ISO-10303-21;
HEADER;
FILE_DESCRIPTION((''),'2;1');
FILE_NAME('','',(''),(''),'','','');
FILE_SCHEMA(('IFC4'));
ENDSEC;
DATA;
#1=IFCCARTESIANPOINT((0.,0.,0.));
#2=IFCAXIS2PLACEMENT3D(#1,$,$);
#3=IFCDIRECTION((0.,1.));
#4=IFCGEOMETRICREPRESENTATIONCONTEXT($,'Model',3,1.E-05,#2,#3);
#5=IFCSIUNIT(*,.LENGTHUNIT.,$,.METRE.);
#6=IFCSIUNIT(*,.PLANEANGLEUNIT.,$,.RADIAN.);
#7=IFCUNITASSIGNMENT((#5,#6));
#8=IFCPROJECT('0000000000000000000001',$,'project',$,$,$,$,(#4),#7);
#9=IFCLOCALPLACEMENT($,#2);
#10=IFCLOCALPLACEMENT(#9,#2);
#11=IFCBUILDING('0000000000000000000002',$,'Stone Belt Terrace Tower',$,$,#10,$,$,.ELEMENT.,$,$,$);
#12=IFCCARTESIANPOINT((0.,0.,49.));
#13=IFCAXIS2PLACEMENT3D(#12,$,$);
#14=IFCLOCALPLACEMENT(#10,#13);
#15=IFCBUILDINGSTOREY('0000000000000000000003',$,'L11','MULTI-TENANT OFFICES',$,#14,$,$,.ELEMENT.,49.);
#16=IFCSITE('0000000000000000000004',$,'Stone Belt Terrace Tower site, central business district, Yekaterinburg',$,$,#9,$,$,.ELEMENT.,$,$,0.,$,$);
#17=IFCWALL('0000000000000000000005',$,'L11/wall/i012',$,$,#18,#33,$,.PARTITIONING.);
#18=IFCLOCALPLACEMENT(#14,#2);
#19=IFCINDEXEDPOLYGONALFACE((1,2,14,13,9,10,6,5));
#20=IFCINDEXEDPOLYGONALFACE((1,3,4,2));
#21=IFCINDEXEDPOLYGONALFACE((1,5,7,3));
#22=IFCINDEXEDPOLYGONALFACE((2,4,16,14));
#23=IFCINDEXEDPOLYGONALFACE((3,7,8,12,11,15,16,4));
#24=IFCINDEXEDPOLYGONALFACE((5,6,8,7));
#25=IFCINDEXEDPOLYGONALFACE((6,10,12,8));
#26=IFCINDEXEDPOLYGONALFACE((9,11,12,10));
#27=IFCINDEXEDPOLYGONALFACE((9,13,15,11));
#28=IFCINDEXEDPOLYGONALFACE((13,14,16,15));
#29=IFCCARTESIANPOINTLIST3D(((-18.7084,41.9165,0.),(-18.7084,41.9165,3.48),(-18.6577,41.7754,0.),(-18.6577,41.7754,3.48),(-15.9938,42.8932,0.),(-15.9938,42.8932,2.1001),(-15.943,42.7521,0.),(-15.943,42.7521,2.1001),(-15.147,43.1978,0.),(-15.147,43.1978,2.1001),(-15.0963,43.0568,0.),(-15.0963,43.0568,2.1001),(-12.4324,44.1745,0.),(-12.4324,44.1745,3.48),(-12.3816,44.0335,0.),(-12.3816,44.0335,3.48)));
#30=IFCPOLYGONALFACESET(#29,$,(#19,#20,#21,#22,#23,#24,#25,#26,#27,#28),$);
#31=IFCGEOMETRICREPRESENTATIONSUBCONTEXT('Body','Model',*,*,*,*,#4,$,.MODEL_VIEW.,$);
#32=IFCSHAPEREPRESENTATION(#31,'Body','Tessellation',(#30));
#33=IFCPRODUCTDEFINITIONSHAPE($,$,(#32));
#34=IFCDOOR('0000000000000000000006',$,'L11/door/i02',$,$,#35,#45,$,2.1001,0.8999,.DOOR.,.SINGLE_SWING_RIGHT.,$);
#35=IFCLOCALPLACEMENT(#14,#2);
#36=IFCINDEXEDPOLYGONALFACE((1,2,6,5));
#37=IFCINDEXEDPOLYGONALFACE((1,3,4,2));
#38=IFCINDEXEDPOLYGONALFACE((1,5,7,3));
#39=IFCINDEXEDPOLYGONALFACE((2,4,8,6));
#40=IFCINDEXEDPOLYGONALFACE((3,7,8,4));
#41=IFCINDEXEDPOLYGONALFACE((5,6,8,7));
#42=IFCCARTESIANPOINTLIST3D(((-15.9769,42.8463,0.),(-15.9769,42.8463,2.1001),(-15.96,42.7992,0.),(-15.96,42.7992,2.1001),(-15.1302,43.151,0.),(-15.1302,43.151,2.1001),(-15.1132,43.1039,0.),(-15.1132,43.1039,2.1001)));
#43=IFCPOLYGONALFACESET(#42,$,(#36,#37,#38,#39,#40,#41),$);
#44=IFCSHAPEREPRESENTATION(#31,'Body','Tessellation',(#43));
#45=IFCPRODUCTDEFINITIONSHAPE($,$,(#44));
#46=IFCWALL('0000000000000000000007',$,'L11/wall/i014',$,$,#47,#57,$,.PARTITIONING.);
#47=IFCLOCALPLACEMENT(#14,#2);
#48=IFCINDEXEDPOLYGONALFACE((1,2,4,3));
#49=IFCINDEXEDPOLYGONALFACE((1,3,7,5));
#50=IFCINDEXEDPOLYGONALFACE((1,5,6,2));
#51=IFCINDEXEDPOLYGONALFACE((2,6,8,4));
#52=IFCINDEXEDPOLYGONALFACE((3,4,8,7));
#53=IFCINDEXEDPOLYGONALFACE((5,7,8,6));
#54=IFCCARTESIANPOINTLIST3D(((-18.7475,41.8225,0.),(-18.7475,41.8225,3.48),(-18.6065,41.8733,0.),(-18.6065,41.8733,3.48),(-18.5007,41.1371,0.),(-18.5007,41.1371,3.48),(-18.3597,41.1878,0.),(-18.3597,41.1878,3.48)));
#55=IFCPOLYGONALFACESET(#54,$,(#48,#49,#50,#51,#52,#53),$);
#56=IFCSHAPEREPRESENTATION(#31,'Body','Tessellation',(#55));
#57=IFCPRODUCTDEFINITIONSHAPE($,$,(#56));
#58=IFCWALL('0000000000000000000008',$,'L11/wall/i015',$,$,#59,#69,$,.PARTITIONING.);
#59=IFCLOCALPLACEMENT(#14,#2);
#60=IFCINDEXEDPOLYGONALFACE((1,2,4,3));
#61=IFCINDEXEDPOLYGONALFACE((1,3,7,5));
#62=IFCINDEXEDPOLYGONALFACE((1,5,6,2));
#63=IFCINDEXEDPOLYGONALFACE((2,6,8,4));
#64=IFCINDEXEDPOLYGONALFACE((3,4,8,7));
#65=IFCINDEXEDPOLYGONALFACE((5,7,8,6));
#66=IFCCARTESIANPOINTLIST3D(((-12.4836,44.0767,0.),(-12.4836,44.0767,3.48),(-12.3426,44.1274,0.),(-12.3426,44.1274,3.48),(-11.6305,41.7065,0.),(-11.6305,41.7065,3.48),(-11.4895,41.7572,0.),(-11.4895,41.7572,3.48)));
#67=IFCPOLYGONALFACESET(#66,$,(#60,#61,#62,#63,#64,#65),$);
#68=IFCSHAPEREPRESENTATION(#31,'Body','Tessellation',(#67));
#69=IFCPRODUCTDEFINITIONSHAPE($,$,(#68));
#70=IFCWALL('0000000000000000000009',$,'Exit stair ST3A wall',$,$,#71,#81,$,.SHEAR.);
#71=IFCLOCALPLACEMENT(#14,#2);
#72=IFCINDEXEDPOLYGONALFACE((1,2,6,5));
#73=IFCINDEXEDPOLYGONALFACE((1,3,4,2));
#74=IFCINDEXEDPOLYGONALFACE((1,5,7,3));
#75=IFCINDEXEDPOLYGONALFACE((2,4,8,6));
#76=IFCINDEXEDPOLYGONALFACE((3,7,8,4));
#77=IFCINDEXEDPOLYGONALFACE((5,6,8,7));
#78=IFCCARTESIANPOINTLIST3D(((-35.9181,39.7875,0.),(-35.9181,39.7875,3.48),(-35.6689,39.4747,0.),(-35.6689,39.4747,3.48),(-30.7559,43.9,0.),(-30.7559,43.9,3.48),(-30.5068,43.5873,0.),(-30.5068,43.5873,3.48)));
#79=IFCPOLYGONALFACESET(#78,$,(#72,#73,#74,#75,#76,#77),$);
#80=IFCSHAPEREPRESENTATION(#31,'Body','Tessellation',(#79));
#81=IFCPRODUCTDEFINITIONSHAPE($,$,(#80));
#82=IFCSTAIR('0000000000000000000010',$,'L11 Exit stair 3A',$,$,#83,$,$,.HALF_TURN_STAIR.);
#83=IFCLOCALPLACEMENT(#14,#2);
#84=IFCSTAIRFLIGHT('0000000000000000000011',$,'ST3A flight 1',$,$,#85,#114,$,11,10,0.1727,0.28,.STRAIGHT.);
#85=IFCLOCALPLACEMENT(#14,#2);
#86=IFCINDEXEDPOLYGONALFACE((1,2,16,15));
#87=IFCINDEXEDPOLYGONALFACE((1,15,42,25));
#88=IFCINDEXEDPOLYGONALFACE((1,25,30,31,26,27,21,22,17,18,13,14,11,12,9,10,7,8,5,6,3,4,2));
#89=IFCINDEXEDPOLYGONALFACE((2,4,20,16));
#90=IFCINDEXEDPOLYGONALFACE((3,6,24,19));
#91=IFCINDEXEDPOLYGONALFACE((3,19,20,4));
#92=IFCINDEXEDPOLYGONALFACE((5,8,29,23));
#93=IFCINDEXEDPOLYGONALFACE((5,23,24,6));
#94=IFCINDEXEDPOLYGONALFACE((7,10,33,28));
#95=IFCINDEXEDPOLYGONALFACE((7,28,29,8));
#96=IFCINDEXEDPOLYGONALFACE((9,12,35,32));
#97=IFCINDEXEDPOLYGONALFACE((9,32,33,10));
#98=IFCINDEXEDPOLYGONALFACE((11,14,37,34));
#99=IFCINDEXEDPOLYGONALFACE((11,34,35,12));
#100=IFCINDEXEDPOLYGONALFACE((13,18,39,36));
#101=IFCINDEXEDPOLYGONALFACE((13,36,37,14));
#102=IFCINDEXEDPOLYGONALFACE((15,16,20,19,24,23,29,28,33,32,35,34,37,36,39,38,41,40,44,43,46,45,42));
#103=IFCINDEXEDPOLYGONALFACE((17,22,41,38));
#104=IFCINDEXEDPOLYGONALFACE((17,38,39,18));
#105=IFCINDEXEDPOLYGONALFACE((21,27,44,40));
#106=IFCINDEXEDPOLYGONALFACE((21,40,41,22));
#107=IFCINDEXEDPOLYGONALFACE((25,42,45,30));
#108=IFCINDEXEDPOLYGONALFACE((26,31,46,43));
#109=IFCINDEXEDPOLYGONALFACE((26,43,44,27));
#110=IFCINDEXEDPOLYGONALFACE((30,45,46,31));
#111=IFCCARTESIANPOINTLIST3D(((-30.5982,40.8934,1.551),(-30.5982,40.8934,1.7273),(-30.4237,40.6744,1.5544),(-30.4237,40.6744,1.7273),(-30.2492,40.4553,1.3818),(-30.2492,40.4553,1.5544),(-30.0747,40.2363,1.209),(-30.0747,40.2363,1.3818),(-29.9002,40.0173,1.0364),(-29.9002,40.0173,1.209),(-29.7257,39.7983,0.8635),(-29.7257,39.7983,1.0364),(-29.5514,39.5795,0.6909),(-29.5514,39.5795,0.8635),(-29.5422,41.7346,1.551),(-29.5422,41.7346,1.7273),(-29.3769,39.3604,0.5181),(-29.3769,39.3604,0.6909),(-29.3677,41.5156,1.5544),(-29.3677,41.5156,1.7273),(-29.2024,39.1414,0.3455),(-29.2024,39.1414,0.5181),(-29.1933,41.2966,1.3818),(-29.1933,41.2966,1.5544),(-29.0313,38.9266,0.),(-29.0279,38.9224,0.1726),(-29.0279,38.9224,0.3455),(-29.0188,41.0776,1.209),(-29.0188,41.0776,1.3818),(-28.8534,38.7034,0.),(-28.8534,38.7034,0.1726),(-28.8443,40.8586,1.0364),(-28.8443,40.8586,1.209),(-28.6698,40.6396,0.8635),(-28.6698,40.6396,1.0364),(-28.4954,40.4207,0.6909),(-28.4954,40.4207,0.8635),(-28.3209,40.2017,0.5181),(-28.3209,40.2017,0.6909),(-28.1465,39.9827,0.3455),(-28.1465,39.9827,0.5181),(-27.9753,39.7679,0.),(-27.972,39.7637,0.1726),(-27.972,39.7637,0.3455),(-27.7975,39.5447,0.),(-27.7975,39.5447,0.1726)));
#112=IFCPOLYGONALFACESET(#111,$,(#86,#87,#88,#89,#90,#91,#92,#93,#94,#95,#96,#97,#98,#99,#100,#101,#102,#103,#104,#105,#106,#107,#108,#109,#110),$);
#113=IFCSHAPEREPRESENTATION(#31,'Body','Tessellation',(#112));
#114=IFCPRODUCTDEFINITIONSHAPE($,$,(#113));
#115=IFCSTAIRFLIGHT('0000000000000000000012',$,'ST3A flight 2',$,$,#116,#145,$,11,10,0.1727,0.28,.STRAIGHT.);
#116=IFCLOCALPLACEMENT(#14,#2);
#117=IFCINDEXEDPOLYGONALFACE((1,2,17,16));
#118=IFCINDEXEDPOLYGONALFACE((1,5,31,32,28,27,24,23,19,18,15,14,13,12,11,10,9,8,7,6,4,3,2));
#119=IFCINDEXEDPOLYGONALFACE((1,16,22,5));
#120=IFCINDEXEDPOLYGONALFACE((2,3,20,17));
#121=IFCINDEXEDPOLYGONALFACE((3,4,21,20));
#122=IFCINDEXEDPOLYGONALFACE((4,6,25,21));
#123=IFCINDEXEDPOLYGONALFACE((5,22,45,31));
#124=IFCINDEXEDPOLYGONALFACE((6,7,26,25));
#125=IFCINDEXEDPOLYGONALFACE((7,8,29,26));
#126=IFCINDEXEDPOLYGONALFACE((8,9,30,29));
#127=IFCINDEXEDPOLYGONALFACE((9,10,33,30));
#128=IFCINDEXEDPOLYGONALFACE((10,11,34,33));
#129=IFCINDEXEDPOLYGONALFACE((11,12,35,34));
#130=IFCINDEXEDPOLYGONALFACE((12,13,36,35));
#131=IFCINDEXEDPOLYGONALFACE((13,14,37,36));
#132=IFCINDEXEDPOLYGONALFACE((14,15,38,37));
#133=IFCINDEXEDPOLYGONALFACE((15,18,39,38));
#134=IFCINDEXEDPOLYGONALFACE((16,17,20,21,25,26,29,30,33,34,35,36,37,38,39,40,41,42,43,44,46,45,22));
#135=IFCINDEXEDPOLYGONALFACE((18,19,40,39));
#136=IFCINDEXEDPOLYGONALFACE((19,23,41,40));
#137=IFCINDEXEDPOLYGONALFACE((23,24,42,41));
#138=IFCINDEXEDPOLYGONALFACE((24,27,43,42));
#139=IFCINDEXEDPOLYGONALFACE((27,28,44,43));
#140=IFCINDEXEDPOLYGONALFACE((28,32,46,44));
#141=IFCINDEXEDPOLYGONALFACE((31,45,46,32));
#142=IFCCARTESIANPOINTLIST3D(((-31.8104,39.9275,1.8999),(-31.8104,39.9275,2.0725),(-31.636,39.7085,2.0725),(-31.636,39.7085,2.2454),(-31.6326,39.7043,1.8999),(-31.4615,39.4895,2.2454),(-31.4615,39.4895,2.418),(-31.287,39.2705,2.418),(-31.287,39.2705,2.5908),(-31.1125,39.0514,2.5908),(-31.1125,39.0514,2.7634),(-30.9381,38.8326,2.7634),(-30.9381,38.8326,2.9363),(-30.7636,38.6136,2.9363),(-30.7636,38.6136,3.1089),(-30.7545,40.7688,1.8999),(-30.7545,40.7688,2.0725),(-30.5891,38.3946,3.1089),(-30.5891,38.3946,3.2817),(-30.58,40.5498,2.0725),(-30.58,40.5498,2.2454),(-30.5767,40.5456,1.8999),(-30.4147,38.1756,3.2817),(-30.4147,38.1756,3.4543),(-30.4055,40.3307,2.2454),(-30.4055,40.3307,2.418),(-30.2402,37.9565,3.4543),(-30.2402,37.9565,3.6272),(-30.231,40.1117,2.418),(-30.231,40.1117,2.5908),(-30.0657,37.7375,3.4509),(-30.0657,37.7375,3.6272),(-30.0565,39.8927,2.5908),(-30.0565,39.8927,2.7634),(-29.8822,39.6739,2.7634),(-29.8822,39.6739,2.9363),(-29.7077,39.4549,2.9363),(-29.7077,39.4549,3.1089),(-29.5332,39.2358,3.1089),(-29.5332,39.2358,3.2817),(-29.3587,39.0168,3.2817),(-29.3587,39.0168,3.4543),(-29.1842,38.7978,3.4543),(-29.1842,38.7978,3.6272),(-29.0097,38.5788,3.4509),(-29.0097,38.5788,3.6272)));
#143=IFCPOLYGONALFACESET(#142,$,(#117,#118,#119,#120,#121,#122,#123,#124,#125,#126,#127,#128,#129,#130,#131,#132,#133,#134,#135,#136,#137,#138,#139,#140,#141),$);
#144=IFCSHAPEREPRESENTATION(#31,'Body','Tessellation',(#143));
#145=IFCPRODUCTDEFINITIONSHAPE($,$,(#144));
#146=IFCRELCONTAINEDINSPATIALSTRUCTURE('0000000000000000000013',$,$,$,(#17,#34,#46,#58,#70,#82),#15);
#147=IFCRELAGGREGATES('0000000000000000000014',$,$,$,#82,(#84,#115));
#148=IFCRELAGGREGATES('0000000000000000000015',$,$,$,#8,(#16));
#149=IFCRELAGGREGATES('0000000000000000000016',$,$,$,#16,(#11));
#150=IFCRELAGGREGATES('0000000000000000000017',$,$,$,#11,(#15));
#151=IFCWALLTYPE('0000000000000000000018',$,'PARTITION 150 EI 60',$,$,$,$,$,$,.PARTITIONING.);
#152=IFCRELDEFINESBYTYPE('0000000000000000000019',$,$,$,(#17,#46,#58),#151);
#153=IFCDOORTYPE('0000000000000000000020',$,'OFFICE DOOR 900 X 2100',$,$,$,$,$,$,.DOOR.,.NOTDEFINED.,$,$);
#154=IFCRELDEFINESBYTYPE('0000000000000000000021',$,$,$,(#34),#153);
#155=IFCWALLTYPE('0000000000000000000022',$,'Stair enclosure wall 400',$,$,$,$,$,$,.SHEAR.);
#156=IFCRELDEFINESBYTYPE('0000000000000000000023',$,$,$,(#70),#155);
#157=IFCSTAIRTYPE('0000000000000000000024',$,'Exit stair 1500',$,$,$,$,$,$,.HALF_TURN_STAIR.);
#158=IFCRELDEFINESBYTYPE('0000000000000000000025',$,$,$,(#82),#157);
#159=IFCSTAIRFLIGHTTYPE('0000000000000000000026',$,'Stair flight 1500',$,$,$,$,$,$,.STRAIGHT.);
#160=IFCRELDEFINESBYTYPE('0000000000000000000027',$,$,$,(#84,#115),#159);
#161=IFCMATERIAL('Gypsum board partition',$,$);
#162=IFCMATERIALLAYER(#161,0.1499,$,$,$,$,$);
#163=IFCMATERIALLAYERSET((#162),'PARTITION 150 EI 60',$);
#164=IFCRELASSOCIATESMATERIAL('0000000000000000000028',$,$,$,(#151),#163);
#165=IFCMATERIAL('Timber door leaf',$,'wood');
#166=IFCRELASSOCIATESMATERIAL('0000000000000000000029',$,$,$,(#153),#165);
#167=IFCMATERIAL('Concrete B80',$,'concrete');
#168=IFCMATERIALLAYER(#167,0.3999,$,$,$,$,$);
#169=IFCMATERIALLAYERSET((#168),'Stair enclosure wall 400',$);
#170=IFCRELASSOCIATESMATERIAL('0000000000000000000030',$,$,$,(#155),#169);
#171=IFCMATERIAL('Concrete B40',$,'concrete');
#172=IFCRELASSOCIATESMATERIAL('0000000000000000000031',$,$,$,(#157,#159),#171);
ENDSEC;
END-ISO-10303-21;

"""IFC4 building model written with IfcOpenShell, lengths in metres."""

from ifc_helpers import new_model, si_unit, direction, frame, frame_2d, origin, place, context, subcontext, project, spatial, polyline, rectangle, outline, extrude, material, layer, layer_set, type_object, element, fill, aggregate, save


model = new_model("IFC4")

# Units and contexts
model_context = context("Model", 3, precision=1e-05, world=origin(), true_north=direction((0.0, 1.0)))
body_context = subcontext(model_context, "Body", "Model", "MODEL_VIEW")
ifc_project = project(units=[si_unit("LENGTHUNIT", "METRE"), si_unit("PLANEANGLEUNIT", "RADIAN")], contexts=[model_context])

# Site, building, storey
site_placement = place(None, origin())
site = spatial("IfcSite", under=ifc_project, at=site_placement, Name="Stone Belt Terrace Tower site, central business district, Yekaterinburg", CompositionType="ELEMENT", RefElevation=0.0)
building_placement = place(site_placement, origin())
building = spatial("IfcBuilding", under=site, at=building_placement, Name="Stone Belt Terrace Tower", CompositionType="ELEMENT")
storey_placement = place(building_placement, frame((0.0, 0.0, 49.0)))
storey = spatial("IfcBuildingStorey", under=building, at=storey_placement, Name="L11", Description="MULTI-TENANT OFFICES", CompositionType="ELEMENT", Elevation=49.0)

# Shared definitions
ifc_material_1 = material(Name="Concrete B80", Category="concrete")

# Shared definitions
ifc_material_2 = material(Name="Timber door leaf", Category="wood")

# Shared definitions
ifc_material_3 = material(Name="Gypsum board partition")
ifc_layer_1 = layer(ifc_material_3, 0.1499)
ifc_layer_set_1 = layer_set([ifc_layer_1], Name="PARTITION 150 EI 60")
wall_type_1 = type_object("IfcWallType", Name="PARTITION 150 EI 60", PredefinedType="PARTITIONING", material=ifc_layer_set_1)

# Wall, opening, door
door_type_1 = type_object("IfcDoorType", Name="OFFICE DOOR 900 X 2100", OperationType="NOTDEFINED", PredefinedType="DOOR", material=ifc_material_2)
wall_1_placement = place(storey_placement, frame((-12.407, 44.104, 0.0), z_axis=(0.0, 0.0, 1.0), x_axis=(-0.940952, -0.338541, 0.0)))
wall_1 = element("IfcWall", 1, at=wall_1_placement, inside=storey, type_object=wall_type_1, Name="L11/wall/i012", PredefinedType="PARTITIONING", context=body_context, shape_type="SweptSolid", body=[
    extrude(rectangle(XDim=6.6699, YDim=0.1499, at=frame_2d((3.335, 0.0))), origin(), (0.0, 0.0, 1.0), 3.48),
])
opening_1_placement = place(wall_1_placement, frame((2.885, 0.0, 0.0)))
opening_1 = element("IfcOpeningElement", 2, at=opening_1_placement, cuts=wall_1, PredefinedType="OPENING", context=body_context, shape_type="SweptSolid", body=[
    extrude(rectangle(XDim=0.8999, YDim=2.1001, at=frame_2d((0.45, 1.05))), frame((0.0, 0.085, 0.0), z_axis=(0.0, -1.0, 0.0), x_axis=(1.0, 0.0, 0.0)), (0.0, 0.0, 1.0), 0.1699),
])
door_1_placement = place(opening_1_placement, origin())
door_1 = element("IfcDoor", 3, at=door_1_placement, inside=storey, type_object=door_type_1, Name="L11/door/i02", OperationType="SINGLE_SWING_RIGHT", OverallHeight=2.1001, OverallWidth=0.8999, PredefinedType="DOOR", context=body_context, shape_type="SweptSolid", body=[
    extrude(rectangle(XDim=0.8999, YDim=2.1001, at=frame_2d((0.45, 1.05))), frame((0.0, 0.0249, 0.0), z_axis=(0.0, -1.0, 0.0), x_axis=(1.0, 0.0, 0.0)), (0.0, 0.0, 1.0), 0.05),
])
fill(opening_1, door_1)

# Walls
wall_2_placement = place(storey_placement, frame((-18.677, 41.8479, 0.0), z_axis=(0.0, 0.0, 1.0), x_axis=(0.338755, -0.940875, 0.0)))
element("IfcWall", 4, at=wall_2_placement, inside=storey, type_object=wall_type_1, Name="L11/wall/i014", PredefinedType="PARTITIONING", context=body_context, shape_type="SweptSolid", body=[
    extrude(rectangle(XDim=0.7285, YDim=0.1499, at=frame_2d((0.3643, 0.0))), origin(), (0.0, 0.0, 1.0), 3.48),
])
wall_3_placement = place(storey_placement, frame((-12.4131, 44.1021, 0.0), z_axis=(0.0, 0.0, 1.0), x_axis=(0.338644, -0.940915, 0.0)))
element("IfcWall", 5, at=wall_3_placement, inside=storey, type_object=wall_type_1, Name="L11/wall/i015", PredefinedType="PARTITIONING", context=body_context, shape_type="SweptSolid", body=[
    extrude(rectangle(XDim=2.519, YDim=0.1499, at=frame_2d((1.2595, 0.0))), origin(), (0.0, 0.0, 1.0), 3.48),
])
ifc_layer_2 = layer(ifc_material_1, 0.3999)
ifc_layer_set_2 = layer_set([ifc_layer_2], Name="Stair enclosure wall 400")
wall_type_2 = type_object("IfcWallType", Name="Stair enclosure wall 400", PredefinedType="SHEAR", material=ifc_layer_set_2)
wall_4_placement = place(storey_placement, frame((-30.6313, 43.7437, 0.0), z_axis=(0.0, 0.0, 1.0), x_axis=(-0.782134, -0.62311, 0.0)))
element("IfcWall", 6, at=wall_4_placement, inside=storey, type_object=wall_type_2, Name="Exit stair ST3A wall", PredefinedType="SHEAR", context=body_context, shape_type="SweptSolid", body=[
    extrude(rectangle(XDim=6.6001, YDim=0.3999, at=frame_2d((3.3, 0.0))), origin(), (0.0, 0.0, 1.0), 3.48),
])

# Stair, stair flights
ifc_material_4 = material(Name="Concrete B40", Category="concrete")
stair_type = type_object("IfcStairType", Name="Exit stair 1500", PredefinedType="HALF_TURN_STAIR", material=ifc_material_4)
stair_placement = place(storey_placement, origin())
stair = element("IfcStair", 7, at=stair_placement, inside=storey, type_object=stair_type, Name="L11 Exit stair 3A", PredefinedType="HALF_TURN_STAIR")
stair_flight_type = type_object("IfcStairFlightType", Name="Stair flight 1500", PredefinedType="STRAIGHT", material=ifc_material_4)
stair_flight_1_placement = place(storey_placement, frame((-28.3254, 39.124, 0.0), z_axis=(0.0, 0.0, 1.0), x_axis=(-0.623121, 0.782125, 0.0)))
stair_flight_1 = element("IfcStairFlight", 8, at=stair_flight_1_placement, type_object=stair_flight_type, Name="ST3A flight 1", NumberOfRisers=11, NumberOfTreads=10, PredefinedType="STRAIGHT", RiserHeight=0.1727, TreadLength=0.28, context=body_context, shape_type="SweptSolid", body=[
    extrude(outline(polyline([(0.0, 0.0), (0.0, 0.1726), (0.28, 0.1726), (0.28, 0.3455), (0.5601, 0.3455), (0.5601, 0.5181), (0.8401, 0.5181), (0.8401, 0.6909), (1.1201, 0.6909), (1.1201, 0.8635), (1.3999, 0.8635), (1.3999, 1.0364), (1.6799, 1.0364), (1.6799, 1.209), (1.96, 1.209), (1.96, 1.3818), (2.24, 1.3818), (2.24, 1.5544), (2.52, 1.5544), (2.52, 1.7273), (2.8, 1.7273), (2.8, 1.8999), (2.8, 1.551), (0.2854, 0.0), (0.0, 0.0)])), frame((0.0, 0.675, 0.0), z_axis=(0.0, -1.0, 0.0), x_axis=(1.0, 0.0, 0.0)), (0.0, 0.0, 1.0), 1.3501),
])
stair_flight_2_placement = place(storey_placement, frame((-31.2825, 40.3481, 1.8999), z_axis=(0.0, 0.0, 1.0), x_axis=(0.623121, -0.782125, 0.0)))
stair_flight_2 = element("IfcStairFlight", 9, at=stair_flight_2_placement, type_object=stair_flight_type, Name="ST3A flight 2", NumberOfRisers=11, NumberOfTreads=10, PredefinedType="STRAIGHT", RiserHeight=0.1727, TreadLength=0.28, context=body_context, shape_type="SweptSolid", body=[
    extrude(outline(polyline([(0.0, 0.0), (0.0, 0.1726), (0.28, 0.1726), (0.28, 0.3455), (0.5601, 0.3455), (0.5601, 0.5181), (0.8401, 0.5181), (0.8401, 0.6909), (1.1201, 0.6909), (1.1201, 0.8635), (1.3999, 0.8635), (1.3999, 1.0364), (1.6799, 1.0364), (1.6799, 1.209), (1.96, 1.209), (1.96, 1.3818), (2.24, 1.3818), (2.24, 1.5544), (2.52, 1.5544), (2.52, 1.7273), (2.8, 1.7273), (2.8, 1.8999), (2.8, 1.551), (0.2854, 0.0), (0.0, 0.0)])), frame((0.0, 0.675, 0.0), z_axis=(0.0, -1.0, 0.0), x_axis=(1.0, 0.0, 0.0)), (0.0, 0.0, 1.0), 1.3501),
])
aggregate(stair, [stair_flight_1, stair_flight_2])

save(model, "model.ifc")
